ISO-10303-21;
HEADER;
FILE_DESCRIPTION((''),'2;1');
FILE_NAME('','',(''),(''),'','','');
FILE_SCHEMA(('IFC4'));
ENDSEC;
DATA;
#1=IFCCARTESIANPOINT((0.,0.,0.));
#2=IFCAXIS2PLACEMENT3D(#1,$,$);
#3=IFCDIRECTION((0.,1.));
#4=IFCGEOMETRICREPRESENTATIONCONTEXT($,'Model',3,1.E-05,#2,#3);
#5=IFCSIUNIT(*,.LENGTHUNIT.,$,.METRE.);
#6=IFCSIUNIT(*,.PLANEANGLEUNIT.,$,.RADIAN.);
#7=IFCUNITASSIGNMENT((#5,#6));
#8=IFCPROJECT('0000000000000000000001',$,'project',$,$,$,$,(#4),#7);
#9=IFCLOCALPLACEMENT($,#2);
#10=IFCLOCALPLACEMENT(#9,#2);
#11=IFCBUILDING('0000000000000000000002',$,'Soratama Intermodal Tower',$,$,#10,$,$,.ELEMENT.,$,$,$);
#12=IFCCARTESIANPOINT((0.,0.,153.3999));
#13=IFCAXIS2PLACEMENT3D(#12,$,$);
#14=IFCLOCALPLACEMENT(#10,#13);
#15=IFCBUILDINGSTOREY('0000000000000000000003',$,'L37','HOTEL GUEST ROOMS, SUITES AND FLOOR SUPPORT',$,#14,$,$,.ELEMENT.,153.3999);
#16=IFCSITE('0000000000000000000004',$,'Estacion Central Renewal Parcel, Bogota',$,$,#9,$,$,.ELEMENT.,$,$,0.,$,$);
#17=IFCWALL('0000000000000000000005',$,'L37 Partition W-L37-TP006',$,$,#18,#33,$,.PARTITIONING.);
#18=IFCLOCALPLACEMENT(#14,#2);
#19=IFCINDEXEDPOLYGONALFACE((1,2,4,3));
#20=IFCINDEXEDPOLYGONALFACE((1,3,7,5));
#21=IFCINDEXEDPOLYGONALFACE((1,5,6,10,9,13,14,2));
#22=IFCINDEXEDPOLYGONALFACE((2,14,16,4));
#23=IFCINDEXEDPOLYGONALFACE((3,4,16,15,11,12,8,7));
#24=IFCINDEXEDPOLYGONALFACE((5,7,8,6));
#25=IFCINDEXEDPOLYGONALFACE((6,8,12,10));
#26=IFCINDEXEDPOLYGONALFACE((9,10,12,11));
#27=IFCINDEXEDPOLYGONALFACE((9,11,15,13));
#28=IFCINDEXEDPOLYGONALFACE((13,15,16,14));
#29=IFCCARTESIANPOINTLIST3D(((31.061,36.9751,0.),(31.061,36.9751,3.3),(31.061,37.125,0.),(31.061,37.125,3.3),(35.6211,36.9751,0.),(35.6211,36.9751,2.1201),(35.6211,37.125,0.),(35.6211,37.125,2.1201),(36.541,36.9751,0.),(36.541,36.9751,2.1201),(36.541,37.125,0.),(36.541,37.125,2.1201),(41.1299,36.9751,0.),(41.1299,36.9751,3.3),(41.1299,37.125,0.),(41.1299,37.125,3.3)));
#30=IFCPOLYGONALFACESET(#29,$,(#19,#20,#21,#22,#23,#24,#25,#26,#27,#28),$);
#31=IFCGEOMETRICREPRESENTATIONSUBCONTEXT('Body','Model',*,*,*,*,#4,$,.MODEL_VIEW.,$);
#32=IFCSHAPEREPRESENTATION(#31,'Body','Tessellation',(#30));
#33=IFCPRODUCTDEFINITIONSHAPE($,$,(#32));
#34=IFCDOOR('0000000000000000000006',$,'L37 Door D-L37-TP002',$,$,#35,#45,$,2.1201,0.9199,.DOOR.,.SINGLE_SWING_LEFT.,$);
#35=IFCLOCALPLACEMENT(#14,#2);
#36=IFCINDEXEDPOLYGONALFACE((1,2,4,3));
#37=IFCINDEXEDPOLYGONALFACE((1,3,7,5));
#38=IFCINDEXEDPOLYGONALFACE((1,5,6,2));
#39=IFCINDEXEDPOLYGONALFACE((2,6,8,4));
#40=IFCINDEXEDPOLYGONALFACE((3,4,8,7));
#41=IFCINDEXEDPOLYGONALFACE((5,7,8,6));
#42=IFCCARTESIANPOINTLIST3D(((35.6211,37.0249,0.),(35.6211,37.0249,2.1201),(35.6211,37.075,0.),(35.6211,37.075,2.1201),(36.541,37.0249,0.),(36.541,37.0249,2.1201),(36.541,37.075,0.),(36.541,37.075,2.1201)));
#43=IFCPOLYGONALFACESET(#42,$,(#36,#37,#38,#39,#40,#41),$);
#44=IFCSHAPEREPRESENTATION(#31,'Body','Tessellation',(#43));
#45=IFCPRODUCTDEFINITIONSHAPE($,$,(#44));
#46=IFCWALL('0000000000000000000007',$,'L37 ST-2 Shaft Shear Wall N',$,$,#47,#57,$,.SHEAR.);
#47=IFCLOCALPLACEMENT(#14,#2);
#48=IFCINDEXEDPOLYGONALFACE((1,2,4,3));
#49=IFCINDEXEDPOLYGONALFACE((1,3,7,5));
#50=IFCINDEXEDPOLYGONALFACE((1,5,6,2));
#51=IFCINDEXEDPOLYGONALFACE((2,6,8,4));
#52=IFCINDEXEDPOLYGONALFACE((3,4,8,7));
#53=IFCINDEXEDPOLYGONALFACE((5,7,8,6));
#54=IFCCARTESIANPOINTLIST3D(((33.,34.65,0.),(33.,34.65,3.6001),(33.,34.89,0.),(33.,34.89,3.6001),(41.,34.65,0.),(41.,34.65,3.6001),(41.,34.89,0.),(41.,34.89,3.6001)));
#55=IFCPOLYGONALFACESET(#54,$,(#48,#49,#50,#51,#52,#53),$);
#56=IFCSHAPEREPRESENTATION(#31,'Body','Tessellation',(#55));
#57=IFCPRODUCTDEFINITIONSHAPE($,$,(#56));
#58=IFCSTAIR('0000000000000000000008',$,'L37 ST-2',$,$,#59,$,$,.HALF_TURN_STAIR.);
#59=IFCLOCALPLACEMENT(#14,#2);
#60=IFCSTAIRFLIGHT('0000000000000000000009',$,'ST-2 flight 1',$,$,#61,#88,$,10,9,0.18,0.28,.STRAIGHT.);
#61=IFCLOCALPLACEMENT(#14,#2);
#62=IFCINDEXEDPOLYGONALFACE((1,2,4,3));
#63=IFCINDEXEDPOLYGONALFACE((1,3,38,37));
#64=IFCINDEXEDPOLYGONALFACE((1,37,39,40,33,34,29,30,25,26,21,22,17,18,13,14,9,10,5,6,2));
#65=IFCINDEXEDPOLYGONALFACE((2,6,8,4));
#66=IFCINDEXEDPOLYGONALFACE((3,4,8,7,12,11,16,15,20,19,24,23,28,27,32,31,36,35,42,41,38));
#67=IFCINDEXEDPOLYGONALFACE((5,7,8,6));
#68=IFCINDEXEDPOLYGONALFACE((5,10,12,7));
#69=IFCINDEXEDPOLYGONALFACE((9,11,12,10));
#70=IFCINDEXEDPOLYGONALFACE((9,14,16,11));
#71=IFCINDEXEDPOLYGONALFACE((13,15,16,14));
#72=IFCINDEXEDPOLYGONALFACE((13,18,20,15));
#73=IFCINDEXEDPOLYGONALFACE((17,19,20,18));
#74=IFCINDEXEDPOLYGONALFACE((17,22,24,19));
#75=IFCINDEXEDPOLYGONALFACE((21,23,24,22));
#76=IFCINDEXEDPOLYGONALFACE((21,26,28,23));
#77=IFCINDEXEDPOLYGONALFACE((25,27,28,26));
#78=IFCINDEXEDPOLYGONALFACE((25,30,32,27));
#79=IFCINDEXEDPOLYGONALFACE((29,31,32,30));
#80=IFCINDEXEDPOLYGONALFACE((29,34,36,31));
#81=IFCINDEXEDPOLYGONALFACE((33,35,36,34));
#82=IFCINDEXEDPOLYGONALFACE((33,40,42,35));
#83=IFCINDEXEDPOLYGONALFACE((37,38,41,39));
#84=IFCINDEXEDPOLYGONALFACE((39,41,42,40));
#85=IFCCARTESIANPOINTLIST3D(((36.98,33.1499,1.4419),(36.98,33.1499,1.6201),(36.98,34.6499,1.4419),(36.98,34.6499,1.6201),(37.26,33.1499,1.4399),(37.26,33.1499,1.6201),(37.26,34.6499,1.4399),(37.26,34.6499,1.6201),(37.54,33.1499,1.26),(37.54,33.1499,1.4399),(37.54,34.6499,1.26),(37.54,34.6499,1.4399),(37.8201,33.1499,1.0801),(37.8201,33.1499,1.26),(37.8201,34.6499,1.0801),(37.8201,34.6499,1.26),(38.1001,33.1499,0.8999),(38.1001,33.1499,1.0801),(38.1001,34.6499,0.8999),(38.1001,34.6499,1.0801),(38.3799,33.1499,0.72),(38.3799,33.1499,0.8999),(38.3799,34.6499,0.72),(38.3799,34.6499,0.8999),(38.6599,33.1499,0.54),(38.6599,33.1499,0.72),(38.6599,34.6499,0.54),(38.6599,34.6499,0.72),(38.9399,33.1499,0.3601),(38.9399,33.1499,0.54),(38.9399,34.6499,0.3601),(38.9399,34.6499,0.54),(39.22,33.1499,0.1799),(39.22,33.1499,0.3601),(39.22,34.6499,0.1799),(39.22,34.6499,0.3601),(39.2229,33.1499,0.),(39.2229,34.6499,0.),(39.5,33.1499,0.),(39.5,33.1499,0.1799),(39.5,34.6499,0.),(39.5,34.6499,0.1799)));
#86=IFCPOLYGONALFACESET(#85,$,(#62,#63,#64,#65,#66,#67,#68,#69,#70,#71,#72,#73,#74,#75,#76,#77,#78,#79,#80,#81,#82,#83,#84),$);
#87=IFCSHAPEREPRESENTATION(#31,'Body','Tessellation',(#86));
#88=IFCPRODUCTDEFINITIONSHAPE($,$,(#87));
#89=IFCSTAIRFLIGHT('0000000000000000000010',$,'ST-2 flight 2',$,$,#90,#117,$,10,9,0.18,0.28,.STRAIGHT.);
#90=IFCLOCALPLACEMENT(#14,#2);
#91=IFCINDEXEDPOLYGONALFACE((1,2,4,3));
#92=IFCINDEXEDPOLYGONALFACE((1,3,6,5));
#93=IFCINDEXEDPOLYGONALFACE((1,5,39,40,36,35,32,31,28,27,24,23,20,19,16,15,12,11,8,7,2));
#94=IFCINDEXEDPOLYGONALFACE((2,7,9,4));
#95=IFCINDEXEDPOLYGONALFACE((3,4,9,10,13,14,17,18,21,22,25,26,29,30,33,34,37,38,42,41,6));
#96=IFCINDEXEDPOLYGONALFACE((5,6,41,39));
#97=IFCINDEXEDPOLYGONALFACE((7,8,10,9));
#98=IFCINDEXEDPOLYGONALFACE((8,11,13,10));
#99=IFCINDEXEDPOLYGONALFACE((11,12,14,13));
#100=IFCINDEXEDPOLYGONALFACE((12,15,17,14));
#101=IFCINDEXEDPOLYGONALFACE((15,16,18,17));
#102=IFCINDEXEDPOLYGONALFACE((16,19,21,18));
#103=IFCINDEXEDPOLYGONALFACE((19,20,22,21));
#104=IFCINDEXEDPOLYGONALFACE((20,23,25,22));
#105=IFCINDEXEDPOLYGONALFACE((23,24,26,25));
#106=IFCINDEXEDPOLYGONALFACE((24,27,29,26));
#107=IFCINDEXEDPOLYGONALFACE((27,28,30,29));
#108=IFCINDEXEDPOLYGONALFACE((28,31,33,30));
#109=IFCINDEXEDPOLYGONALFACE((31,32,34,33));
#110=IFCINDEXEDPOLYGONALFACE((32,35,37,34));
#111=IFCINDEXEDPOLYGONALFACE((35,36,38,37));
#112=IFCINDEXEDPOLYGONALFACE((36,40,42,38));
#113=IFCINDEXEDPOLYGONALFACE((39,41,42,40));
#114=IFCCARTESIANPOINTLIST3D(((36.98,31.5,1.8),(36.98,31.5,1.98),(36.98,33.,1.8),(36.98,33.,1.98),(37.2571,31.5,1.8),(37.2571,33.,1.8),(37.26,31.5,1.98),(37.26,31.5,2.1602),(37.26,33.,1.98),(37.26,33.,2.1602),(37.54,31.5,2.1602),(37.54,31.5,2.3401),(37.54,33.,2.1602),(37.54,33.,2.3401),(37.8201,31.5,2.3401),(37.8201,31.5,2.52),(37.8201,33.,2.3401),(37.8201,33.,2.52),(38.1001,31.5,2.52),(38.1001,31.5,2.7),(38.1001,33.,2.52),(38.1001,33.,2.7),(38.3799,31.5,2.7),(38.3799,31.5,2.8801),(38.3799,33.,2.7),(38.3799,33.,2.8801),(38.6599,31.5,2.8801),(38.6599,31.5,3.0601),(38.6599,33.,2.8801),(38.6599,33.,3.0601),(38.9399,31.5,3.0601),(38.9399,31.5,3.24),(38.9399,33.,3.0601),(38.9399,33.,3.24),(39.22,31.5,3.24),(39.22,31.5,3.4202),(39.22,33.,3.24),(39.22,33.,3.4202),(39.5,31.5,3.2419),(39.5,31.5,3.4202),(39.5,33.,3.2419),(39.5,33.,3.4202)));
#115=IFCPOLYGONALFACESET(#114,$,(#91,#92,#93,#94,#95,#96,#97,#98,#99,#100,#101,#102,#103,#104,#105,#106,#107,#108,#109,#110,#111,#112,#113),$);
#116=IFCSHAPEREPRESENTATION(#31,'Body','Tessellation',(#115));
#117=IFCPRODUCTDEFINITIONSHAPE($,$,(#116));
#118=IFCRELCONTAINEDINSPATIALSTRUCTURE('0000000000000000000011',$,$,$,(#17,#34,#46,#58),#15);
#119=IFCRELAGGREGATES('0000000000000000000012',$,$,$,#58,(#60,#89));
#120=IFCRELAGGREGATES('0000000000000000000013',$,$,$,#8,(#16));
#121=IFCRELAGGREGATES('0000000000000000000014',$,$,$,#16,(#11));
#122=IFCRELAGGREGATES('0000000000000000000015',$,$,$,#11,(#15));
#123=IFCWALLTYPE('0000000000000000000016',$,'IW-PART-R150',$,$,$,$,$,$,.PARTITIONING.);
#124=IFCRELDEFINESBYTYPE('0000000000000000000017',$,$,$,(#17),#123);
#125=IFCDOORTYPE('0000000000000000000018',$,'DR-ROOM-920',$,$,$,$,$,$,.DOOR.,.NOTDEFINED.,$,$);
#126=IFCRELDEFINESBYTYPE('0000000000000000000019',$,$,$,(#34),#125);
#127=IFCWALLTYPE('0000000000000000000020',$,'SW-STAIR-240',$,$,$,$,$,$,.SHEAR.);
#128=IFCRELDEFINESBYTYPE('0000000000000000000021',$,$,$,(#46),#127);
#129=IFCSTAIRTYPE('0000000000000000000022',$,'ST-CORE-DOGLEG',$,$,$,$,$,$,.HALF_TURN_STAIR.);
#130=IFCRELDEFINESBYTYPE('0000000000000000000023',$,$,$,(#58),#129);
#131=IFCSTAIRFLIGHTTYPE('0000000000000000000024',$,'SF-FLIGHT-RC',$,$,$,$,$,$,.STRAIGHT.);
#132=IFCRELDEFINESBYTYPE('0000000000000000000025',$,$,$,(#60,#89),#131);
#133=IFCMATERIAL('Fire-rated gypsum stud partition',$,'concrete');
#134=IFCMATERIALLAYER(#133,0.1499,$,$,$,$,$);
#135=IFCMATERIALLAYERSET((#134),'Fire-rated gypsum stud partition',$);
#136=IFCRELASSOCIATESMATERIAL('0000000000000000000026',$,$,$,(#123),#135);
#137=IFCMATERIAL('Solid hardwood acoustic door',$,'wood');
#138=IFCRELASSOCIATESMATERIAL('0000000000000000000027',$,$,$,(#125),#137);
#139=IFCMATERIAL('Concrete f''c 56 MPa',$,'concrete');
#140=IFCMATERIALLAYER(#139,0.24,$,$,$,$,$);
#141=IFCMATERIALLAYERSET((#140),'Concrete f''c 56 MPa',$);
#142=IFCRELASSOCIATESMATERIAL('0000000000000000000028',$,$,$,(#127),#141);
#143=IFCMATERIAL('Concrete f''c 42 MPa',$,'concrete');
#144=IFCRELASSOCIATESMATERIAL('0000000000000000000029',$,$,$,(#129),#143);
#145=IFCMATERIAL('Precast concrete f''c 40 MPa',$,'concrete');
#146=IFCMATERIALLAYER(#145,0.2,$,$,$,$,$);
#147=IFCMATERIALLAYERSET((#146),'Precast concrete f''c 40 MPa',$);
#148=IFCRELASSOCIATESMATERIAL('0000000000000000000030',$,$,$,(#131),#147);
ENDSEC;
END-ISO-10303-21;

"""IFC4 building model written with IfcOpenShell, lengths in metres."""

from ifc_helpers import new_model, si_unit, direction, frame, frame_2d, origin, place, context, subcontext, project, spatial, polyline, rectangle, outline, extrude, material, layer, layer_set, type_object, element, fill, aggregate, save


model = new_model("IFC4")

# Units and contexts
model_context = context("Model", 3, precision=1e-05, world=origin(), true_north=direction((0.0, 1.0)))
body_context = subcontext(model_context, "Body", "Model", "MODEL_VIEW")
ifc_project = project(units=[si_unit("LENGTHUNIT", "METRE"), si_unit("PLANEANGLEUNIT", "RADIAN")], contexts=[model_context])

# Site, building, storey
site_placement = place(None, origin())
site = spatial("IfcSite", under=ifc_project, at=site_placement, Name="Estacion Central Renewal Parcel, Bogota", CompositionType="ELEMENT", RefElevation=0.0)
building_placement = place(site_placement, origin())
building = spatial("IfcBuilding", under=site, at=building_placement, Name="Soratama Intermodal Tower", CompositionType="ELEMENT")
storey_placement = place(building_placement, frame((0.0, 0.0, 153.3999)))
storey = spatial("IfcBuildingStorey", under=building, at=storey_placement, Name="L37", Description="HOTEL GUEST ROOMS, SUITES AND FLOOR SUPPORT", CompositionType="ELEMENT", Elevation=153.3999)

# Wall, opening, door
ifc_material_1 = material(Name="Fire-rated gypsum stud partition", Category="concrete")
ifc_layer_1 = layer(ifc_material_1, 0.1499)
ifc_layer_set_1 = layer_set([ifc_layer_1], Name="Fire-rated gypsum stud partition")
wall_type_1 = type_object("IfcWallType", Name="IW-PART-R150", PredefinedType="PARTITIONING", material=ifc_layer_set_1)
wall_1_placement = place(storey_placement, frame((31.061, 37.05, 0.0), z_axis=(0.0, 0.0, 1.0), x_axis=(1.0, 0.0, 0.0)))
wall_1 = element("IfcWall", 1, at=wall_1_placement, inside=storey, type_object=wall_type_1, Name="L37 Partition W-L37-TP006", PredefinedType="PARTITIONING", context=body_context, shape_type="SweptSolid", body=[
    extrude(rectangle(XDim=10.0688, YDim=0.1499, at=frame_2d((5.0344, 0.0))), origin(), (0.0, 0.0, 1.0), 3.3),
])
opening_placement = place(wall_1_placement, frame((4.5601, 0.0, 0.0)))
opening = element("IfcOpeningElement", 2, at=opening_placement, cuts=wall_1, PredefinedType="OPENING", context=body_context, shape_type="SweptSolid", body=[
    extrude(rectangle(XDim=0.9199, YDim=2.1201, at=frame_2d((0.46, 1.0601))), frame((0.0, 0.085, 0.0), z_axis=(0.0, -1.0, 0.0), x_axis=(1.0, 0.0, 0.0)), (0.0, 0.0, 1.0), 0.1699),
])
ifc_material_2 = material(Name="Solid hardwood acoustic door", Category="wood")
door_type = type_object("IfcDoorType", Name="DR-ROOM-920", OperationType="NOTDEFINED", PredefinedType="DOOR", material=ifc_material_2)
door_placement = place(opening_placement, origin())
door = element("IfcDoor", 3, at=door_placement, inside=storey, type_object=door_type, Name="L37 Door D-L37-TP002", OperationType="SINGLE_SWING_LEFT", OverallHeight=2.1201, OverallWidth=0.9199, PredefinedType="DOOR", context=body_context, shape_type="SweptSolid", body=[
    extrude(rectangle(XDim=0.9199, YDim=2.1201, at=frame_2d((0.46, 1.0601))), frame((0.0, 0.0249, 0.0), z_axis=(0.0, -1.0, 0.0), x_axis=(1.0, 0.0, 0.0)), (0.0, 0.0, 1.0), 0.05),
])
fill(opening, door)

# Wall
ifc_material_3 = material(Name="Concrete f'c 56 MPa", Category="concrete")
ifc_layer_2 = layer(ifc_material_3, 0.24)
ifc_layer_set_2 = layer_set([ifc_layer_2], Name="Concrete f'c 56 MPa")
wall_type_2 = type_object("IfcWallType", Name="SW-STAIR-240", PredefinedType="SHEAR", material=ifc_layer_set_2)
wall_2_placement = place(storey_placement, frame((33.0, 34.77, 0.0), z_axis=(0.0, 0.0, 1.0), x_axis=(1.0, 0.0, 0.0)))
element("IfcWall", 4, at=wall_2_placement, inside=storey, type_object=wall_type_2, Name="L37 ST-2 Shaft Shear Wall N", PredefinedType="SHEAR", context=body_context, shape_type="SweptSolid", body=[
    extrude(rectangle(XDim=8.0, YDim=0.24, at=frame_2d((4.0, 0.0))), origin(), (0.0, 0.0, 1.0), 3.6001),
])

# Stair, stair flights
ifc_material_4 = material(Name="Concrete f'c 42 MPa", Category="concrete")
stair_type = type_object("IfcStairType", Name="ST-CORE-DOGLEG", PredefinedType="HALF_TURN_STAIR", material=ifc_material_4)
stair_placement = place(storey_placement, origin())
stair = element("IfcStair", 5, at=stair_placement, inside=storey, type_object=stair_type, Name="L37 ST-2", PredefinedType="HALF_TURN_STAIR")
ifc_material_5 = material(Name="Precast concrete f'c 40 MPa", Category="concrete")
ifc_layer_3 = layer(ifc_material_5, 0.2)
ifc_layer_set_3 = layer_set([ifc_layer_3], Name="Precast concrete f'c 40 MPa")
stair_flight_type = type_object("IfcStairFlightType", Name="SF-FLIGHT-RC", PredefinedType="STRAIGHT", material=ifc_layer_set_3)
stair_flight_1_placement = place(storey_placement, frame((39.5, 33.8999, 0.0), z_axis=(0.0, 0.0, 1.0), x_axis=(-1.0, 0.0, 0.0)))
stair_flight_1 = element("IfcStairFlight", 6, at=stair_flight_1_placement, type_object=stair_flight_type, Name="ST-2 flight 1", NumberOfRisers=10, NumberOfTreads=9, PredefinedType="STRAIGHT", RiserHeight=0.18, TreadLength=0.28, context=body_context, shape_type="SweptSolid", body=[
    extrude(outline(polyline([(0.0, 0.0), (0.0, 0.1799), (0.28, 0.1799), (0.28, 0.3601), (0.5601, 0.3601), (0.5601, 0.54), (0.8401, 0.54), (0.8401, 0.72), (1.1201, 0.72), (1.1201, 0.8999), (1.3999, 0.8999), (1.3999, 1.0801), (1.6799, 1.0801), (1.6799, 1.26), (1.96, 1.26), (1.96, 1.4399), (2.24, 1.4399), (2.24, 1.6201), (2.52, 1.6201), (2.52, 1.8), (2.52, 1.4419), (0.2771, 0.0), (0.0, 0.0)])), frame((0.0, 0.75, 0.0), z_axis=(0.0, -1.0, 0.0), x_axis=(1.0, 0.0, 0.0)), (0.0, 0.0, 1.0), 1.5),
])
stair_flight_2_placement = place(storey_placement, frame((36.98, 32.25, 1.8), z_axis=(0.0, 0.0, 1.0), x_axis=(1.0, 0.0, 0.0)))
stair_flight_2 = element("IfcStairFlight", 7, at=stair_flight_2_placement, type_object=stair_flight_type, Name="ST-2 flight 2", NumberOfRisers=10, NumberOfTreads=9, PredefinedType="STRAIGHT", RiserHeight=0.18, TreadLength=0.28, context=body_context, shape_type="SweptSolid", body=[
    extrude(outline(polyline([(0.0, 0.0), (0.0, 0.1799), (0.28, 0.1799), (0.28, 0.3601), (0.5601, 0.3601), (0.5601, 0.54), (0.8401, 0.54), (0.8401, 0.72), (1.1201, 0.72), (1.1201, 0.8999), (1.3999, 0.8999), (1.3999, 1.0801), (1.6799, 1.0801), (1.6799, 1.26), (1.96, 1.26), (1.96, 1.4399), (2.24, 1.4399), (2.24, 1.6201), (2.52, 1.6201), (2.52, 1.8), (2.52, 1.4419), (0.2771, 0.0), (0.0, 0.0)])), frame((0.0, 0.75, 0.0), z_axis=(0.0, -1.0, 0.0), x_axis=(1.0, 0.0, 0.0)), (0.0, 0.0, 1.0), 1.5),
])
aggregate(stair, [stair_flight_1, stair_flight_2])

save(model, "model.ifc")
